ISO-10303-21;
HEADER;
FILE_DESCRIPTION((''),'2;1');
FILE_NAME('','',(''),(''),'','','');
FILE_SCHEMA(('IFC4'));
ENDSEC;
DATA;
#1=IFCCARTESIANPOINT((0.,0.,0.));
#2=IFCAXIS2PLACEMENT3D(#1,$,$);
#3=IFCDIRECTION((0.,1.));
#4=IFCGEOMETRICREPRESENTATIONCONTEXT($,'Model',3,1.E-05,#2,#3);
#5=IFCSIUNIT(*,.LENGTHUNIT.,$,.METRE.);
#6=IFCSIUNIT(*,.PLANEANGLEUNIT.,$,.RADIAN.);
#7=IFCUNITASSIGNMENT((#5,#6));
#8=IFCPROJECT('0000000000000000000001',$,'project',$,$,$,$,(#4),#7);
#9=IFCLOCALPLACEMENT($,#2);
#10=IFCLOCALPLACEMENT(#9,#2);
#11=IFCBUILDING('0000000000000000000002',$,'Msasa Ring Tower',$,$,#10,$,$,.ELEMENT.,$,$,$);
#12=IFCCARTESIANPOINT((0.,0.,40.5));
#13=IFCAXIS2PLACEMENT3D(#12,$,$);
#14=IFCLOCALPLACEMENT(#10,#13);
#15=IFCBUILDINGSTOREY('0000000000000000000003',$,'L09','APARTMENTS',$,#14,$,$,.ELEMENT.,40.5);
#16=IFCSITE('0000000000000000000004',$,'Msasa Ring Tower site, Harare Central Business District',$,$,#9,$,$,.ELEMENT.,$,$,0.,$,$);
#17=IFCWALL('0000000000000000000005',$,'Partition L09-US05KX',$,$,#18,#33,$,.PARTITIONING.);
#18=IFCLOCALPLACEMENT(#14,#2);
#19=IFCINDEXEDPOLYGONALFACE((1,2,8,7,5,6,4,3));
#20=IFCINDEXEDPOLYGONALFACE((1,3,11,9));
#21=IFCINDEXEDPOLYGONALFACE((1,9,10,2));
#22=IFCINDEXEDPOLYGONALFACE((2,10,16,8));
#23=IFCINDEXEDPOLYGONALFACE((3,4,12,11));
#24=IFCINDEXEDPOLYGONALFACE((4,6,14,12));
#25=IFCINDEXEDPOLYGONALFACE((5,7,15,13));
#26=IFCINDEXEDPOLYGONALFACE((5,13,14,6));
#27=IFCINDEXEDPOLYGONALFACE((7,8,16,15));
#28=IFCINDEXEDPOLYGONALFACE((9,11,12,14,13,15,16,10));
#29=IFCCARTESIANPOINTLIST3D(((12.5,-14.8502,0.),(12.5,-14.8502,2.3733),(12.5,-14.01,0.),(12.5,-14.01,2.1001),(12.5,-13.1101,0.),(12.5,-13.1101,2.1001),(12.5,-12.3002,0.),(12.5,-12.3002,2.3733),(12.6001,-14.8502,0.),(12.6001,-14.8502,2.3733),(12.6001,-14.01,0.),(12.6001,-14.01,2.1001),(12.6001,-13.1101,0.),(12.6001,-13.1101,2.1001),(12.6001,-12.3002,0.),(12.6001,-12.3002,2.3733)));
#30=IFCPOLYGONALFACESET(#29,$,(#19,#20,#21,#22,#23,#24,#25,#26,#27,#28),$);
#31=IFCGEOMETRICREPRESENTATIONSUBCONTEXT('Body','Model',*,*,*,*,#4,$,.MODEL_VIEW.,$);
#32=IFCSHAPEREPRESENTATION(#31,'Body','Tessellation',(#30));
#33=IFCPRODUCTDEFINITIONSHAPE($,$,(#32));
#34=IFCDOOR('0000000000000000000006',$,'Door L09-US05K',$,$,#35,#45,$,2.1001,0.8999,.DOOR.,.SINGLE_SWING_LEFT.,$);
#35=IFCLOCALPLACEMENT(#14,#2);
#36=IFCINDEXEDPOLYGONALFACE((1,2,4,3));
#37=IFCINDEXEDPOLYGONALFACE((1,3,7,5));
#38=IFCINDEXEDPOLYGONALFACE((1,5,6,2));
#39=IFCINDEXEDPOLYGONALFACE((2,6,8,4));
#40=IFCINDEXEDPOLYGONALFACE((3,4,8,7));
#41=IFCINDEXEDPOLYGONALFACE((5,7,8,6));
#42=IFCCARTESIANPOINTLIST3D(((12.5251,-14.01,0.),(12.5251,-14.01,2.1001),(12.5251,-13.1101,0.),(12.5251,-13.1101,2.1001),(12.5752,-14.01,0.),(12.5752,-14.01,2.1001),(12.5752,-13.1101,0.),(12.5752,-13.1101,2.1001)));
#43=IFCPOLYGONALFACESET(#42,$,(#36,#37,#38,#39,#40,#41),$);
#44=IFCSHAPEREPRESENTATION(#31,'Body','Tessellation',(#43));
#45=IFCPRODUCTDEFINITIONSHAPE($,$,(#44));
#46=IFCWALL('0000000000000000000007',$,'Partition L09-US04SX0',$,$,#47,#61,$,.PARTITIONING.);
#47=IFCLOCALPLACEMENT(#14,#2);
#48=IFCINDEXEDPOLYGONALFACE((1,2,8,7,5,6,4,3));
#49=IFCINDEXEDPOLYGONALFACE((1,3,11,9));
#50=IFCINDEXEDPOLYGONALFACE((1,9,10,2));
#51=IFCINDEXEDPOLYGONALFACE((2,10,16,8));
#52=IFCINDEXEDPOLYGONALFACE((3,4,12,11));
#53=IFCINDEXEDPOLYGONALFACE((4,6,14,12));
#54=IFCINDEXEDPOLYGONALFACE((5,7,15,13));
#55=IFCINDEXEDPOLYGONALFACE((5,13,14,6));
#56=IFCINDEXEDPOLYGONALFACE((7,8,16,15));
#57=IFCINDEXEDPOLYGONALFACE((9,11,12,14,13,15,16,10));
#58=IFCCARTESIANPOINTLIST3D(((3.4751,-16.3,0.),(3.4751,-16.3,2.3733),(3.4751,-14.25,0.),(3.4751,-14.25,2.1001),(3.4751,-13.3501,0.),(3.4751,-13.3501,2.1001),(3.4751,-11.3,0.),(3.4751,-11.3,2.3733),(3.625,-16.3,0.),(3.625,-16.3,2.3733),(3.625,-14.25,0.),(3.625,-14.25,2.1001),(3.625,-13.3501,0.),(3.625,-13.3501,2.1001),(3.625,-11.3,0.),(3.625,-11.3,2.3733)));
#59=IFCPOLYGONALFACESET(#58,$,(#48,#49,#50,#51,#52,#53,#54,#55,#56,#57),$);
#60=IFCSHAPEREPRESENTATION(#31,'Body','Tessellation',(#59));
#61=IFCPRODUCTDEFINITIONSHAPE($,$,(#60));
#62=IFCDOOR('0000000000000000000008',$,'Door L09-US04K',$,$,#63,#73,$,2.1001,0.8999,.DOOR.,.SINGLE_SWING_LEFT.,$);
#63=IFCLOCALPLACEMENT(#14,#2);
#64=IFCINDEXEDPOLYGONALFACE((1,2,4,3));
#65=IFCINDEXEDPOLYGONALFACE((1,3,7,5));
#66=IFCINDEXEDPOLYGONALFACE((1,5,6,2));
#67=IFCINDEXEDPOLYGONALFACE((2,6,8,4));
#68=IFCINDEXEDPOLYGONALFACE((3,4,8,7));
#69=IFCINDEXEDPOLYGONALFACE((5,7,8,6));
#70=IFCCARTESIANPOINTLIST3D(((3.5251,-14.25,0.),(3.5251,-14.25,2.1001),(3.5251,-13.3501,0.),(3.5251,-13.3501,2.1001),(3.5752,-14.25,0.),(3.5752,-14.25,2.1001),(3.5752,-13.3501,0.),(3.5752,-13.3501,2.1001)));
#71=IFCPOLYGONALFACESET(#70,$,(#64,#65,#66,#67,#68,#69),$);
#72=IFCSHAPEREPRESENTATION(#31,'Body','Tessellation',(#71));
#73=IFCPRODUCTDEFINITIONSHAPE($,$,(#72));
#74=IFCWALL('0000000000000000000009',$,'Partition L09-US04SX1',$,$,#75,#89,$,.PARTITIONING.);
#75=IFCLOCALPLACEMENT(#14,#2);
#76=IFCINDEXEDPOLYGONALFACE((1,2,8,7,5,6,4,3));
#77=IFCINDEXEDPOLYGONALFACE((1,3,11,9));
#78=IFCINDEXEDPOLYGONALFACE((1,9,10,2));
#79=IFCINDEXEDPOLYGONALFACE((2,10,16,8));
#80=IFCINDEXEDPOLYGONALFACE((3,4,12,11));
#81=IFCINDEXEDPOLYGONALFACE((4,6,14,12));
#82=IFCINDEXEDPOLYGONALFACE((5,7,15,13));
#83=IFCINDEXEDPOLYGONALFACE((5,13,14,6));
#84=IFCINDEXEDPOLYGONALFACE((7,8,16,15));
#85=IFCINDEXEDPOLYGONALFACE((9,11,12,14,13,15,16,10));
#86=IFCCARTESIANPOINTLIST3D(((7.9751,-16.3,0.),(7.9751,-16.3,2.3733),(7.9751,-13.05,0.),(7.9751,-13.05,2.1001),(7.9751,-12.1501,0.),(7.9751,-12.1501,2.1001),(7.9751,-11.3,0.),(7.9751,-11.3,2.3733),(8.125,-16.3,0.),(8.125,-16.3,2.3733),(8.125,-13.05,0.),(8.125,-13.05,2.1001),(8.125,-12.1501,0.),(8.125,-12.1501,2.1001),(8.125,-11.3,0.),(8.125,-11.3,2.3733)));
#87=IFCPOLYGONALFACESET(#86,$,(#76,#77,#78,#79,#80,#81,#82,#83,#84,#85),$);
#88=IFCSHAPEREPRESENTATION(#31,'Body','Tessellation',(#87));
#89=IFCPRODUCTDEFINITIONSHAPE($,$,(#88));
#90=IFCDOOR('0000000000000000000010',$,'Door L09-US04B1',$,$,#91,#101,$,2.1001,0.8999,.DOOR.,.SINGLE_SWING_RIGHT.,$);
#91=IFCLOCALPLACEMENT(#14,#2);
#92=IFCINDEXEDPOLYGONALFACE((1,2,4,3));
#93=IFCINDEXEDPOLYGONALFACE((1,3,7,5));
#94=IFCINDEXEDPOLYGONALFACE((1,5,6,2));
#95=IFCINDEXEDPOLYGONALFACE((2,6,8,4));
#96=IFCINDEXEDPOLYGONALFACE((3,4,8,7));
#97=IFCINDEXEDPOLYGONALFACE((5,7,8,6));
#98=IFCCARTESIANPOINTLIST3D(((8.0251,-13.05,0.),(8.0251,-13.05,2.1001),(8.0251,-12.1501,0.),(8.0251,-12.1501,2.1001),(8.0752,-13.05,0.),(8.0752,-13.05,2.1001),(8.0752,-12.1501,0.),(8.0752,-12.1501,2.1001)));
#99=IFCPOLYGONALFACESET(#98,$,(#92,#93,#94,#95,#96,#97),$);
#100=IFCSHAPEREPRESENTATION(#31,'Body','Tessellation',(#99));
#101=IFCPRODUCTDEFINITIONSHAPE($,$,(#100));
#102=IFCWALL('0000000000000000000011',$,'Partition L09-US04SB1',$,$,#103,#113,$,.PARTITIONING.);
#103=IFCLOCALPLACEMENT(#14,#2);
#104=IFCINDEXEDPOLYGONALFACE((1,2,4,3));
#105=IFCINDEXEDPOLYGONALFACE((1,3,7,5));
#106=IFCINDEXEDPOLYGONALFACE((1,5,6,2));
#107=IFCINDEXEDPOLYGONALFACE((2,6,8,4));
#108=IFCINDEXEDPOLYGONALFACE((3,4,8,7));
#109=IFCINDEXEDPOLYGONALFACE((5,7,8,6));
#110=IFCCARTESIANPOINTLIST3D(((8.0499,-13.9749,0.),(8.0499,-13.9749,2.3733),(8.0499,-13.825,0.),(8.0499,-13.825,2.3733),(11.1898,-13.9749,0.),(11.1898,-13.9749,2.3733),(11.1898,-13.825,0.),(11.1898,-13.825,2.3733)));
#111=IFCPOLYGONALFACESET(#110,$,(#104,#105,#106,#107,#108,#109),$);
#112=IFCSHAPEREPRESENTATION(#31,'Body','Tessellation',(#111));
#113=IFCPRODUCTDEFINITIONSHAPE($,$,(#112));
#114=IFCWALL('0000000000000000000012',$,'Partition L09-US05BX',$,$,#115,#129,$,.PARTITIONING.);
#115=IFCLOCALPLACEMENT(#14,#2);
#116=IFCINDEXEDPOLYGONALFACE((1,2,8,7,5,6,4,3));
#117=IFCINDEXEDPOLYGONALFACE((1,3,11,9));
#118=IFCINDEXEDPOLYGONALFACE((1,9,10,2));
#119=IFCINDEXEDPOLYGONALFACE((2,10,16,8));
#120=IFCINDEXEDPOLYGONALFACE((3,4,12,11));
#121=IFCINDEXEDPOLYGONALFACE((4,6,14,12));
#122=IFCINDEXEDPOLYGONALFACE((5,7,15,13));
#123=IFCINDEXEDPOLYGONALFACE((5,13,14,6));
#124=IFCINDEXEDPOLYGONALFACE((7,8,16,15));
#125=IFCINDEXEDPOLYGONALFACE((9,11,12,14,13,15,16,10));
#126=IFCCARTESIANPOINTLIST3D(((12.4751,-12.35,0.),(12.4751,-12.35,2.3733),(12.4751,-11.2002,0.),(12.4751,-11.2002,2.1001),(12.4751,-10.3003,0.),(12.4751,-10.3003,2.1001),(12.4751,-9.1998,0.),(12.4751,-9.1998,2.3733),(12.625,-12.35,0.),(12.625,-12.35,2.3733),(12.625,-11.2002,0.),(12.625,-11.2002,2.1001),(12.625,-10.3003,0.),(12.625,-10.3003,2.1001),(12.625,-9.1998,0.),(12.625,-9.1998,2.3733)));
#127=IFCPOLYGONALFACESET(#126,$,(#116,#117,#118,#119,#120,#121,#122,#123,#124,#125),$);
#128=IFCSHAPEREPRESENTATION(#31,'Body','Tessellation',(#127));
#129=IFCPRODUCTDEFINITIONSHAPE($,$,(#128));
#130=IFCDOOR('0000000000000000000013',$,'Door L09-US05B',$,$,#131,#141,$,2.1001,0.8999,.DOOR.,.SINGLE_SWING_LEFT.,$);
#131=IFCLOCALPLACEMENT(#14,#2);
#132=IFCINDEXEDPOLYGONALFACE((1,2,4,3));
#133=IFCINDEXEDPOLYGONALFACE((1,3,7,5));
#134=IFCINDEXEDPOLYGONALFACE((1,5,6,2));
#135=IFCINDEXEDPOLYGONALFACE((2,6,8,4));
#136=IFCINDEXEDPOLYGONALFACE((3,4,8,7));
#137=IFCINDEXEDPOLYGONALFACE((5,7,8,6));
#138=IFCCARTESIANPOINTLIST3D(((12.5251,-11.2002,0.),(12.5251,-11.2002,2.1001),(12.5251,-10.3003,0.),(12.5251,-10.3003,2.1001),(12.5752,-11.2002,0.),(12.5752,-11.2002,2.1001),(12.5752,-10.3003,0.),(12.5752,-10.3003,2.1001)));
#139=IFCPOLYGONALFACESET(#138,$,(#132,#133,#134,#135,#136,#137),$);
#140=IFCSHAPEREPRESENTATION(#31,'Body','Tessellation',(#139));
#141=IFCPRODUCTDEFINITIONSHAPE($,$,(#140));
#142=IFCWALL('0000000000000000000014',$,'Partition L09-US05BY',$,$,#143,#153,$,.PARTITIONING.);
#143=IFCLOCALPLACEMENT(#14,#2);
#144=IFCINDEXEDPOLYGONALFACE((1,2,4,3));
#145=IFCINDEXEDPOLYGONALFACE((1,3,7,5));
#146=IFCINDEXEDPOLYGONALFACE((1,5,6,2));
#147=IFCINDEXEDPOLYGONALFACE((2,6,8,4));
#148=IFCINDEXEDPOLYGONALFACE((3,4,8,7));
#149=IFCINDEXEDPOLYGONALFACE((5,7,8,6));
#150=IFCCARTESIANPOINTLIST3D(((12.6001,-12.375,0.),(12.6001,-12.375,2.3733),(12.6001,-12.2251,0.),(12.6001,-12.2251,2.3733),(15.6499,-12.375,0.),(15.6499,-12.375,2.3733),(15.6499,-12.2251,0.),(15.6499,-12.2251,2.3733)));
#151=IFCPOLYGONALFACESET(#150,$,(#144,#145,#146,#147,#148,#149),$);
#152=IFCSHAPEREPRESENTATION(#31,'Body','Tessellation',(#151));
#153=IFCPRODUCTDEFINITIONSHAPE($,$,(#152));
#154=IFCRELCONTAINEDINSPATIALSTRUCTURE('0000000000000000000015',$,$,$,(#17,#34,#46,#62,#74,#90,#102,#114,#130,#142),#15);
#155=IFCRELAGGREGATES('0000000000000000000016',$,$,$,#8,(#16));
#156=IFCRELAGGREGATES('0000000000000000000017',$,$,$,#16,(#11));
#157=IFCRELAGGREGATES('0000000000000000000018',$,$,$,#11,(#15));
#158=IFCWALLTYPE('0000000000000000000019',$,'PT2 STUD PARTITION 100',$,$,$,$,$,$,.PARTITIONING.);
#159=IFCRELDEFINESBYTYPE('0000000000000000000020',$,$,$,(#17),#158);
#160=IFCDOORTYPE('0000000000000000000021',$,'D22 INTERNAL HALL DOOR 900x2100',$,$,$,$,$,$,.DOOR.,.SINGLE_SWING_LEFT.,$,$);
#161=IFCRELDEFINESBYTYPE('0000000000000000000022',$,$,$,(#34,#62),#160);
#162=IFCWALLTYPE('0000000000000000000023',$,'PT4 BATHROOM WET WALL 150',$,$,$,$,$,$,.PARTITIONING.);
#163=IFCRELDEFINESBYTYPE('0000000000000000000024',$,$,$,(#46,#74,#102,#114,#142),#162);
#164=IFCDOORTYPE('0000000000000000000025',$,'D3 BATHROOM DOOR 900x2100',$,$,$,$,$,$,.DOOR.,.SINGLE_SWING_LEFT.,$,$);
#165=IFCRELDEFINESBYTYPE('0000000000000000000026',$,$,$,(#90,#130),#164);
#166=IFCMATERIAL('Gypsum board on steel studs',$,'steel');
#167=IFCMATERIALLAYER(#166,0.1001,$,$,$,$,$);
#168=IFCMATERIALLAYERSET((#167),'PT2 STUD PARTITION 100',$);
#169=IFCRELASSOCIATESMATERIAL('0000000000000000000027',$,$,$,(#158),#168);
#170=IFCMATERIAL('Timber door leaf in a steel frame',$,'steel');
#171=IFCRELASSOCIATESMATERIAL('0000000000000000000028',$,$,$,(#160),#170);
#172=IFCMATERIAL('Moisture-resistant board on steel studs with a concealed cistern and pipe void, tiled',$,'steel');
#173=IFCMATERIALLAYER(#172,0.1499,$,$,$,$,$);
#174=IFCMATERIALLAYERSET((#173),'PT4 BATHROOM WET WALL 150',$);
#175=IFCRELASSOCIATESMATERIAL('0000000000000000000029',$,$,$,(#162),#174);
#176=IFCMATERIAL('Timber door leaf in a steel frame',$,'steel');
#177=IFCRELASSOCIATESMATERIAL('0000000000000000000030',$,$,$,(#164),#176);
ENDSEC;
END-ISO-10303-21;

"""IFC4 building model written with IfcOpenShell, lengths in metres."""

from ifc_helpers import new_model, si_unit, direction, frame, frame_2d, origin, place, context, subcontext, project, spatial, rectangle, extrude, material, layer, layer_set, type_object, element, fill, save


model = new_model("IFC4")

# Units and contexts
model_context = context("Model", 3, precision=1e-05, world=origin(), true_north=direction((0.0, 1.0)))
body_context = subcontext(model_context, "Body", "Model", "MODEL_VIEW")
ifc_project = project(units=[si_unit("LENGTHUNIT", "METRE"), si_unit("PLANEANGLEUNIT", "RADIAN")], contexts=[model_context])

# Site, building, storey
site_placement = place(None, origin())
site = spatial("IfcSite", under=ifc_project, at=site_placement, Name="Msasa Ring Tower site, Harare Central Business District", CompositionType="ELEMENT", RefElevation=0.0)
building_placement = place(site_placement, origin())
building = spatial("IfcBuilding", under=site, at=building_placement, Name="Msasa Ring Tower", CompositionType="ELEMENT")
storey_placement = place(building_placement, frame((0.0, 0.0, 40.5)))
storey = spatial("IfcBuildingStorey", under=building, at=storey_placement, Name="L09", Description="APARTMENTS", CompositionType="ELEMENT", Elevation=40.5)

# Shared definitions
ifc_material_1 = material(Name="Gypsum board on steel studs", Category="steel")
ifc_layer_1 = layer(ifc_material_1, 0.1001)
ifc_layer_set_1 = layer_set([ifc_layer_1], Name="PT2 STUD PARTITION 100")
wall_type_1 = type_object("IfcWallType", Name="PT2 STUD PARTITION 100", PredefinedType="PARTITIONING", material=ifc_layer_set_1)

# Shared definitions
ifc_material_2 = material(Name="Timber door leaf in a steel frame", Category="steel")
door_type_1 = type_object("IfcDoorType", Name="D22 INTERNAL HALL DOOR 900x2100", OperationType="SINGLE_SWING_LEFT", PredefinedType="DOOR", material=ifc_material_2)

# Walls, openings, doors
wall_1_placement = place(storey_placement, frame((12.55, -14.8501, 0.0), z_axis=(0.0, 0.0, 1.0), x_axis=(0.0, 1.0, 0.0)))
wall_1 = element("IfcWall", 1, at=wall_1_placement, inside=storey, type_object=wall_type_1, Name="Partition L09-US05KX", PredefinedType="PARTITIONING", context=body_context, shape_type="SweptSolid", body=[
    extrude(rectangle(XDim=2.55, YDim=0.1001, at=frame_2d((1.2749, 0.0))), origin(), (0.0, 0.0, 1.0), 2.3733),
])
opening_1_placement = place(wall_1_placement, frame((0.8401, 0.0, 0.0)))
opening_1 = element("IfcOpeningElement", 2, at=opening_1_placement, cuts=wall_1, PredefinedType="OPENING", context=body_context, shape_type="SweptSolid", body=[
    extrude(rectangle(XDim=0.8999, YDim=2.1001, at=frame_2d((0.45, 1.05))), frame((0.0, 0.0601, 0.0), z_axis=(0.0, -1.0, 0.0), x_axis=(1.0, 0.0, 0.0)), (0.0, 0.0, 1.0), 0.1201),
])
door_1_placement = place(opening_1_placement, origin())
door_1 = element("IfcDoor", 3, at=door_1_placement, inside=storey, type_object=door_type_1, Name="Door L09-US05K", OperationType="SINGLE_SWING_LEFT", OverallHeight=2.1001, OverallWidth=0.8999, PredefinedType="DOOR", context=body_context, shape_type="SweptSolid", body=[
    extrude(rectangle(XDim=0.8999, YDim=2.1001, at=frame_2d((0.45, 1.05))), frame((0.0, 0.0249, 0.0), z_axis=(0.0, -1.0, 0.0), x_axis=(1.0, 0.0, 0.0)), (0.0, 0.0, 1.0), 0.05),
])
fill(opening_1, door_1)
ifc_material_3 = material(Name="Moisture-resistant board on steel studs with a concealed cistern and pipe void, tiled", Category="steel")
ifc_layer_2 = layer(ifc_material_3, 0.1499)
ifc_layer_set_2 = layer_set([ifc_layer_2], Name="PT4 BATHROOM WET WALL 150")
wall_type_2 = type_object("IfcWallType", Name="PT4 BATHROOM WET WALL 150", PredefinedType="PARTITIONING", material=ifc_layer_set_2)
wall_2_placement = place(storey_placement, frame((3.55, -16.3, 0.0), z_axis=(0.0, 0.0, 1.0), x_axis=(0.0, 1.0, 0.0)))
wall_2 = element("IfcWall", 4, at=wall_2_placement, inside=storey, type_object=wall_type_2, Name="Partition L09-US04SX0", PredefinedType="PARTITIONING", context=body_context, shape_type="SweptSolid", body=[
    extrude(rectangle(XDim=5.0, YDim=0.1499, at=frame_2d((2.5, 0.0))), origin(), (0.0, 0.0, 1.0), 2.3733),
])
opening_2_placement = place(wall_2_placement, frame((2.05, 0.0, 0.0)))
opening_2 = element("IfcOpeningElement", 5, at=opening_2_placement, cuts=wall_2, PredefinedType="OPENING", context=body_context, shape_type="SweptSolid", body=[
    extrude(rectangle(XDim=0.8999, YDim=2.1001, at=frame_2d((0.45, 1.05))), frame((0.0, 0.085, 0.0), z_axis=(0.0, -1.0, 0.0), x_axis=(1.0, 0.0, 0.0)), (0.0, 0.0, 1.0), 0.1699),
])
door_2_placement = place(opening_2_placement, origin())
door_2 = element("IfcDoor", 6, at=door_2_placement, inside=storey, type_object=door_type_1, Name="Door L09-US04K", OperationType="SINGLE_SWING_LEFT", OverallHeight=2.1001, OverallWidth=0.8999, PredefinedType="DOOR", context=body_context, shape_type="SweptSolid", body=[
    extrude(rectangle(XDim=0.8999, YDim=2.1001, at=frame_2d((0.45, 1.05))), frame((0.0, 0.0249, 0.0), z_axis=(0.0, -1.0, 0.0), x_axis=(1.0, 0.0, 0.0)), (0.0, 0.0, 1.0), 0.05),
])
fill(opening_2, door_2)
wall_3_placement = place(storey_placement, frame((8.05, -16.3, 0.0), z_axis=(0.0, 0.0, 1.0), x_axis=(0.0, 1.0, 0.0)))
wall_3 = element("IfcWall", 7, at=wall_3_placement, inside=storey, type_object=wall_type_2, Name="Partition L09-US04SX1", PredefinedType="PARTITIONING", context=body_context, shape_type="SweptSolid", body=[
    extrude(rectangle(XDim=5.0, YDim=0.1499, at=frame_2d((2.5, 0.0))), origin(), (0.0, 0.0, 1.0), 2.3733),
])
opening_3_placement = place(wall_3_placement, frame((3.25, 0.0, 0.0)))
opening_3 = element("IfcOpeningElement", 8, at=opening_3_placement, cuts=wall_3, PredefinedType="OPENING", context=body_context, shape_type="SweptSolid", body=[
    extrude(rectangle(XDim=0.8999, YDim=2.1001, at=frame_2d((0.45, 1.05))), frame((0.0, 0.085, 0.0), z_axis=(0.0, -1.0, 0.0), x_axis=(1.0, 0.0, 0.0)), (0.0, 0.0, 1.0), 0.1699),
])
ifc_material_4 = material(Name="Timber door leaf in a steel frame", Category="steel")
door_type_2 = type_object("IfcDoorType", Name="D3 BATHROOM DOOR 900x2100", OperationType="SINGLE_SWING_LEFT", PredefinedType="DOOR", material=ifc_material_4)
door_3_placement = place(opening_3_placement, origin())
door_3 = element("IfcDoor", 9, at=door_3_placement, inside=storey, type_object=door_type_2, Name="Door L09-US04B1", OperationType="SINGLE_SWING_RIGHT", OverallHeight=2.1001, OverallWidth=0.8999, PredefinedType="DOOR", context=body_context, shape_type="SweptSolid", body=[
    extrude(rectangle(XDim=0.8999, YDim=2.1001, at=frame_2d((0.45, 1.05))), frame((0.0, 0.0249, 0.0), z_axis=(0.0, -1.0, 0.0), x_axis=(1.0, 0.0, 0.0)), (0.0, 0.0, 1.0), 0.05),
])
fill(opening_3, door_3)

# Wall
wall_4_placement = place(storey_placement, frame((8.05, -13.8999, 0.0), z_axis=(0.0, 0.0, 1.0), x_axis=(1.0, 0.0, 0.0)))
element("IfcWall", 10, at=wall_4_placement, inside=storey, type_object=wall_type_2, Name="Partition L09-US04SB1", PredefinedType="PARTITIONING", context=body_context, shape_type="SweptSolid", body=[
    extrude(rectangle(XDim=3.1399, YDim=0.1499, at=frame_2d((1.5698, 0.0))), origin(), (0.0, 0.0, 1.0), 2.3733),
])

# Wall, opening, door
wall_5_placement = place(storey_placement, frame((12.55, -12.3501, 0.0), z_axis=(0.0, 0.0, 1.0), x_axis=(0.0, 1.0, 0.0)))
wall_5 = element("IfcWall", 11, at=wall_5_placement, inside=storey, type_object=wall_type_2, Name="Partition L09-US05BX", PredefinedType="PARTITIONING", context=body_context, shape_type="SweptSolid", body=[
    extrude(rectangle(XDim=3.1501, YDim=0.1499, at=frame_2d((1.5752, 0.0))), origin(), (0.0, 0.0, 1.0), 2.3733),
])
opening_4_placement = place(wall_5_placement, frame((1.1499, 0.0, 0.0)))
opening_4 = element("IfcOpeningElement", 12, at=opening_4_placement, cuts=wall_5, PredefinedType="OPENING", context=body_context, shape_type="SweptSolid", body=[
    extrude(rectangle(XDim=0.8999, YDim=2.1001, at=frame_2d((0.45, 1.05))), frame((0.0, 0.085, 0.0), z_axis=(0.0, -1.0, 0.0), x_axis=(1.0, 0.0, 0.0)), (0.0, 0.0, 1.0), 0.1699),
])
door_4_placement = place(opening_4_placement, origin())
door_4 = element("IfcDoor", 13, at=door_4_placement, inside=storey, type_object=door_type_2, Name="Door L09-US05B", OperationType="SINGLE_SWING_LEFT", OverallHeight=2.1001, OverallWidth=0.8999, PredefinedType="DOOR", context=body_context, shape_type="SweptSolid", body=[
    extrude(rectangle(XDim=0.8999, YDim=2.1001, at=frame_2d((0.45, 1.05))), frame((0.0, 0.0249, 0.0), z_axis=(0.0, -1.0, 0.0), x_axis=(1.0, 0.0, 0.0)), (0.0, 0.0, 1.0), 0.05),
])
fill(opening_4, door_4)

# Wall
wall_6_placement = place(storey_placement, frame((12.6001, -12.3, 0.0), z_axis=(0.0, 0.0, 1.0), x_axis=(1.0, 0.0, 0.0)))
element("IfcWall", 14, at=wall_6_placement, inside=storey, type_object=wall_type_2, Name="Partition L09-US05BY", PredefinedType="PARTITIONING", context=body_context, shape_type="SweptSolid", body=[
    extrude(rectangle(XDim=3.0498, YDim=0.1499, at=frame_2d((1.5249, 0.0))), origin(), (0.0, 0.0, 1.0), 2.3733),
])

save(model, "model.ifc")
